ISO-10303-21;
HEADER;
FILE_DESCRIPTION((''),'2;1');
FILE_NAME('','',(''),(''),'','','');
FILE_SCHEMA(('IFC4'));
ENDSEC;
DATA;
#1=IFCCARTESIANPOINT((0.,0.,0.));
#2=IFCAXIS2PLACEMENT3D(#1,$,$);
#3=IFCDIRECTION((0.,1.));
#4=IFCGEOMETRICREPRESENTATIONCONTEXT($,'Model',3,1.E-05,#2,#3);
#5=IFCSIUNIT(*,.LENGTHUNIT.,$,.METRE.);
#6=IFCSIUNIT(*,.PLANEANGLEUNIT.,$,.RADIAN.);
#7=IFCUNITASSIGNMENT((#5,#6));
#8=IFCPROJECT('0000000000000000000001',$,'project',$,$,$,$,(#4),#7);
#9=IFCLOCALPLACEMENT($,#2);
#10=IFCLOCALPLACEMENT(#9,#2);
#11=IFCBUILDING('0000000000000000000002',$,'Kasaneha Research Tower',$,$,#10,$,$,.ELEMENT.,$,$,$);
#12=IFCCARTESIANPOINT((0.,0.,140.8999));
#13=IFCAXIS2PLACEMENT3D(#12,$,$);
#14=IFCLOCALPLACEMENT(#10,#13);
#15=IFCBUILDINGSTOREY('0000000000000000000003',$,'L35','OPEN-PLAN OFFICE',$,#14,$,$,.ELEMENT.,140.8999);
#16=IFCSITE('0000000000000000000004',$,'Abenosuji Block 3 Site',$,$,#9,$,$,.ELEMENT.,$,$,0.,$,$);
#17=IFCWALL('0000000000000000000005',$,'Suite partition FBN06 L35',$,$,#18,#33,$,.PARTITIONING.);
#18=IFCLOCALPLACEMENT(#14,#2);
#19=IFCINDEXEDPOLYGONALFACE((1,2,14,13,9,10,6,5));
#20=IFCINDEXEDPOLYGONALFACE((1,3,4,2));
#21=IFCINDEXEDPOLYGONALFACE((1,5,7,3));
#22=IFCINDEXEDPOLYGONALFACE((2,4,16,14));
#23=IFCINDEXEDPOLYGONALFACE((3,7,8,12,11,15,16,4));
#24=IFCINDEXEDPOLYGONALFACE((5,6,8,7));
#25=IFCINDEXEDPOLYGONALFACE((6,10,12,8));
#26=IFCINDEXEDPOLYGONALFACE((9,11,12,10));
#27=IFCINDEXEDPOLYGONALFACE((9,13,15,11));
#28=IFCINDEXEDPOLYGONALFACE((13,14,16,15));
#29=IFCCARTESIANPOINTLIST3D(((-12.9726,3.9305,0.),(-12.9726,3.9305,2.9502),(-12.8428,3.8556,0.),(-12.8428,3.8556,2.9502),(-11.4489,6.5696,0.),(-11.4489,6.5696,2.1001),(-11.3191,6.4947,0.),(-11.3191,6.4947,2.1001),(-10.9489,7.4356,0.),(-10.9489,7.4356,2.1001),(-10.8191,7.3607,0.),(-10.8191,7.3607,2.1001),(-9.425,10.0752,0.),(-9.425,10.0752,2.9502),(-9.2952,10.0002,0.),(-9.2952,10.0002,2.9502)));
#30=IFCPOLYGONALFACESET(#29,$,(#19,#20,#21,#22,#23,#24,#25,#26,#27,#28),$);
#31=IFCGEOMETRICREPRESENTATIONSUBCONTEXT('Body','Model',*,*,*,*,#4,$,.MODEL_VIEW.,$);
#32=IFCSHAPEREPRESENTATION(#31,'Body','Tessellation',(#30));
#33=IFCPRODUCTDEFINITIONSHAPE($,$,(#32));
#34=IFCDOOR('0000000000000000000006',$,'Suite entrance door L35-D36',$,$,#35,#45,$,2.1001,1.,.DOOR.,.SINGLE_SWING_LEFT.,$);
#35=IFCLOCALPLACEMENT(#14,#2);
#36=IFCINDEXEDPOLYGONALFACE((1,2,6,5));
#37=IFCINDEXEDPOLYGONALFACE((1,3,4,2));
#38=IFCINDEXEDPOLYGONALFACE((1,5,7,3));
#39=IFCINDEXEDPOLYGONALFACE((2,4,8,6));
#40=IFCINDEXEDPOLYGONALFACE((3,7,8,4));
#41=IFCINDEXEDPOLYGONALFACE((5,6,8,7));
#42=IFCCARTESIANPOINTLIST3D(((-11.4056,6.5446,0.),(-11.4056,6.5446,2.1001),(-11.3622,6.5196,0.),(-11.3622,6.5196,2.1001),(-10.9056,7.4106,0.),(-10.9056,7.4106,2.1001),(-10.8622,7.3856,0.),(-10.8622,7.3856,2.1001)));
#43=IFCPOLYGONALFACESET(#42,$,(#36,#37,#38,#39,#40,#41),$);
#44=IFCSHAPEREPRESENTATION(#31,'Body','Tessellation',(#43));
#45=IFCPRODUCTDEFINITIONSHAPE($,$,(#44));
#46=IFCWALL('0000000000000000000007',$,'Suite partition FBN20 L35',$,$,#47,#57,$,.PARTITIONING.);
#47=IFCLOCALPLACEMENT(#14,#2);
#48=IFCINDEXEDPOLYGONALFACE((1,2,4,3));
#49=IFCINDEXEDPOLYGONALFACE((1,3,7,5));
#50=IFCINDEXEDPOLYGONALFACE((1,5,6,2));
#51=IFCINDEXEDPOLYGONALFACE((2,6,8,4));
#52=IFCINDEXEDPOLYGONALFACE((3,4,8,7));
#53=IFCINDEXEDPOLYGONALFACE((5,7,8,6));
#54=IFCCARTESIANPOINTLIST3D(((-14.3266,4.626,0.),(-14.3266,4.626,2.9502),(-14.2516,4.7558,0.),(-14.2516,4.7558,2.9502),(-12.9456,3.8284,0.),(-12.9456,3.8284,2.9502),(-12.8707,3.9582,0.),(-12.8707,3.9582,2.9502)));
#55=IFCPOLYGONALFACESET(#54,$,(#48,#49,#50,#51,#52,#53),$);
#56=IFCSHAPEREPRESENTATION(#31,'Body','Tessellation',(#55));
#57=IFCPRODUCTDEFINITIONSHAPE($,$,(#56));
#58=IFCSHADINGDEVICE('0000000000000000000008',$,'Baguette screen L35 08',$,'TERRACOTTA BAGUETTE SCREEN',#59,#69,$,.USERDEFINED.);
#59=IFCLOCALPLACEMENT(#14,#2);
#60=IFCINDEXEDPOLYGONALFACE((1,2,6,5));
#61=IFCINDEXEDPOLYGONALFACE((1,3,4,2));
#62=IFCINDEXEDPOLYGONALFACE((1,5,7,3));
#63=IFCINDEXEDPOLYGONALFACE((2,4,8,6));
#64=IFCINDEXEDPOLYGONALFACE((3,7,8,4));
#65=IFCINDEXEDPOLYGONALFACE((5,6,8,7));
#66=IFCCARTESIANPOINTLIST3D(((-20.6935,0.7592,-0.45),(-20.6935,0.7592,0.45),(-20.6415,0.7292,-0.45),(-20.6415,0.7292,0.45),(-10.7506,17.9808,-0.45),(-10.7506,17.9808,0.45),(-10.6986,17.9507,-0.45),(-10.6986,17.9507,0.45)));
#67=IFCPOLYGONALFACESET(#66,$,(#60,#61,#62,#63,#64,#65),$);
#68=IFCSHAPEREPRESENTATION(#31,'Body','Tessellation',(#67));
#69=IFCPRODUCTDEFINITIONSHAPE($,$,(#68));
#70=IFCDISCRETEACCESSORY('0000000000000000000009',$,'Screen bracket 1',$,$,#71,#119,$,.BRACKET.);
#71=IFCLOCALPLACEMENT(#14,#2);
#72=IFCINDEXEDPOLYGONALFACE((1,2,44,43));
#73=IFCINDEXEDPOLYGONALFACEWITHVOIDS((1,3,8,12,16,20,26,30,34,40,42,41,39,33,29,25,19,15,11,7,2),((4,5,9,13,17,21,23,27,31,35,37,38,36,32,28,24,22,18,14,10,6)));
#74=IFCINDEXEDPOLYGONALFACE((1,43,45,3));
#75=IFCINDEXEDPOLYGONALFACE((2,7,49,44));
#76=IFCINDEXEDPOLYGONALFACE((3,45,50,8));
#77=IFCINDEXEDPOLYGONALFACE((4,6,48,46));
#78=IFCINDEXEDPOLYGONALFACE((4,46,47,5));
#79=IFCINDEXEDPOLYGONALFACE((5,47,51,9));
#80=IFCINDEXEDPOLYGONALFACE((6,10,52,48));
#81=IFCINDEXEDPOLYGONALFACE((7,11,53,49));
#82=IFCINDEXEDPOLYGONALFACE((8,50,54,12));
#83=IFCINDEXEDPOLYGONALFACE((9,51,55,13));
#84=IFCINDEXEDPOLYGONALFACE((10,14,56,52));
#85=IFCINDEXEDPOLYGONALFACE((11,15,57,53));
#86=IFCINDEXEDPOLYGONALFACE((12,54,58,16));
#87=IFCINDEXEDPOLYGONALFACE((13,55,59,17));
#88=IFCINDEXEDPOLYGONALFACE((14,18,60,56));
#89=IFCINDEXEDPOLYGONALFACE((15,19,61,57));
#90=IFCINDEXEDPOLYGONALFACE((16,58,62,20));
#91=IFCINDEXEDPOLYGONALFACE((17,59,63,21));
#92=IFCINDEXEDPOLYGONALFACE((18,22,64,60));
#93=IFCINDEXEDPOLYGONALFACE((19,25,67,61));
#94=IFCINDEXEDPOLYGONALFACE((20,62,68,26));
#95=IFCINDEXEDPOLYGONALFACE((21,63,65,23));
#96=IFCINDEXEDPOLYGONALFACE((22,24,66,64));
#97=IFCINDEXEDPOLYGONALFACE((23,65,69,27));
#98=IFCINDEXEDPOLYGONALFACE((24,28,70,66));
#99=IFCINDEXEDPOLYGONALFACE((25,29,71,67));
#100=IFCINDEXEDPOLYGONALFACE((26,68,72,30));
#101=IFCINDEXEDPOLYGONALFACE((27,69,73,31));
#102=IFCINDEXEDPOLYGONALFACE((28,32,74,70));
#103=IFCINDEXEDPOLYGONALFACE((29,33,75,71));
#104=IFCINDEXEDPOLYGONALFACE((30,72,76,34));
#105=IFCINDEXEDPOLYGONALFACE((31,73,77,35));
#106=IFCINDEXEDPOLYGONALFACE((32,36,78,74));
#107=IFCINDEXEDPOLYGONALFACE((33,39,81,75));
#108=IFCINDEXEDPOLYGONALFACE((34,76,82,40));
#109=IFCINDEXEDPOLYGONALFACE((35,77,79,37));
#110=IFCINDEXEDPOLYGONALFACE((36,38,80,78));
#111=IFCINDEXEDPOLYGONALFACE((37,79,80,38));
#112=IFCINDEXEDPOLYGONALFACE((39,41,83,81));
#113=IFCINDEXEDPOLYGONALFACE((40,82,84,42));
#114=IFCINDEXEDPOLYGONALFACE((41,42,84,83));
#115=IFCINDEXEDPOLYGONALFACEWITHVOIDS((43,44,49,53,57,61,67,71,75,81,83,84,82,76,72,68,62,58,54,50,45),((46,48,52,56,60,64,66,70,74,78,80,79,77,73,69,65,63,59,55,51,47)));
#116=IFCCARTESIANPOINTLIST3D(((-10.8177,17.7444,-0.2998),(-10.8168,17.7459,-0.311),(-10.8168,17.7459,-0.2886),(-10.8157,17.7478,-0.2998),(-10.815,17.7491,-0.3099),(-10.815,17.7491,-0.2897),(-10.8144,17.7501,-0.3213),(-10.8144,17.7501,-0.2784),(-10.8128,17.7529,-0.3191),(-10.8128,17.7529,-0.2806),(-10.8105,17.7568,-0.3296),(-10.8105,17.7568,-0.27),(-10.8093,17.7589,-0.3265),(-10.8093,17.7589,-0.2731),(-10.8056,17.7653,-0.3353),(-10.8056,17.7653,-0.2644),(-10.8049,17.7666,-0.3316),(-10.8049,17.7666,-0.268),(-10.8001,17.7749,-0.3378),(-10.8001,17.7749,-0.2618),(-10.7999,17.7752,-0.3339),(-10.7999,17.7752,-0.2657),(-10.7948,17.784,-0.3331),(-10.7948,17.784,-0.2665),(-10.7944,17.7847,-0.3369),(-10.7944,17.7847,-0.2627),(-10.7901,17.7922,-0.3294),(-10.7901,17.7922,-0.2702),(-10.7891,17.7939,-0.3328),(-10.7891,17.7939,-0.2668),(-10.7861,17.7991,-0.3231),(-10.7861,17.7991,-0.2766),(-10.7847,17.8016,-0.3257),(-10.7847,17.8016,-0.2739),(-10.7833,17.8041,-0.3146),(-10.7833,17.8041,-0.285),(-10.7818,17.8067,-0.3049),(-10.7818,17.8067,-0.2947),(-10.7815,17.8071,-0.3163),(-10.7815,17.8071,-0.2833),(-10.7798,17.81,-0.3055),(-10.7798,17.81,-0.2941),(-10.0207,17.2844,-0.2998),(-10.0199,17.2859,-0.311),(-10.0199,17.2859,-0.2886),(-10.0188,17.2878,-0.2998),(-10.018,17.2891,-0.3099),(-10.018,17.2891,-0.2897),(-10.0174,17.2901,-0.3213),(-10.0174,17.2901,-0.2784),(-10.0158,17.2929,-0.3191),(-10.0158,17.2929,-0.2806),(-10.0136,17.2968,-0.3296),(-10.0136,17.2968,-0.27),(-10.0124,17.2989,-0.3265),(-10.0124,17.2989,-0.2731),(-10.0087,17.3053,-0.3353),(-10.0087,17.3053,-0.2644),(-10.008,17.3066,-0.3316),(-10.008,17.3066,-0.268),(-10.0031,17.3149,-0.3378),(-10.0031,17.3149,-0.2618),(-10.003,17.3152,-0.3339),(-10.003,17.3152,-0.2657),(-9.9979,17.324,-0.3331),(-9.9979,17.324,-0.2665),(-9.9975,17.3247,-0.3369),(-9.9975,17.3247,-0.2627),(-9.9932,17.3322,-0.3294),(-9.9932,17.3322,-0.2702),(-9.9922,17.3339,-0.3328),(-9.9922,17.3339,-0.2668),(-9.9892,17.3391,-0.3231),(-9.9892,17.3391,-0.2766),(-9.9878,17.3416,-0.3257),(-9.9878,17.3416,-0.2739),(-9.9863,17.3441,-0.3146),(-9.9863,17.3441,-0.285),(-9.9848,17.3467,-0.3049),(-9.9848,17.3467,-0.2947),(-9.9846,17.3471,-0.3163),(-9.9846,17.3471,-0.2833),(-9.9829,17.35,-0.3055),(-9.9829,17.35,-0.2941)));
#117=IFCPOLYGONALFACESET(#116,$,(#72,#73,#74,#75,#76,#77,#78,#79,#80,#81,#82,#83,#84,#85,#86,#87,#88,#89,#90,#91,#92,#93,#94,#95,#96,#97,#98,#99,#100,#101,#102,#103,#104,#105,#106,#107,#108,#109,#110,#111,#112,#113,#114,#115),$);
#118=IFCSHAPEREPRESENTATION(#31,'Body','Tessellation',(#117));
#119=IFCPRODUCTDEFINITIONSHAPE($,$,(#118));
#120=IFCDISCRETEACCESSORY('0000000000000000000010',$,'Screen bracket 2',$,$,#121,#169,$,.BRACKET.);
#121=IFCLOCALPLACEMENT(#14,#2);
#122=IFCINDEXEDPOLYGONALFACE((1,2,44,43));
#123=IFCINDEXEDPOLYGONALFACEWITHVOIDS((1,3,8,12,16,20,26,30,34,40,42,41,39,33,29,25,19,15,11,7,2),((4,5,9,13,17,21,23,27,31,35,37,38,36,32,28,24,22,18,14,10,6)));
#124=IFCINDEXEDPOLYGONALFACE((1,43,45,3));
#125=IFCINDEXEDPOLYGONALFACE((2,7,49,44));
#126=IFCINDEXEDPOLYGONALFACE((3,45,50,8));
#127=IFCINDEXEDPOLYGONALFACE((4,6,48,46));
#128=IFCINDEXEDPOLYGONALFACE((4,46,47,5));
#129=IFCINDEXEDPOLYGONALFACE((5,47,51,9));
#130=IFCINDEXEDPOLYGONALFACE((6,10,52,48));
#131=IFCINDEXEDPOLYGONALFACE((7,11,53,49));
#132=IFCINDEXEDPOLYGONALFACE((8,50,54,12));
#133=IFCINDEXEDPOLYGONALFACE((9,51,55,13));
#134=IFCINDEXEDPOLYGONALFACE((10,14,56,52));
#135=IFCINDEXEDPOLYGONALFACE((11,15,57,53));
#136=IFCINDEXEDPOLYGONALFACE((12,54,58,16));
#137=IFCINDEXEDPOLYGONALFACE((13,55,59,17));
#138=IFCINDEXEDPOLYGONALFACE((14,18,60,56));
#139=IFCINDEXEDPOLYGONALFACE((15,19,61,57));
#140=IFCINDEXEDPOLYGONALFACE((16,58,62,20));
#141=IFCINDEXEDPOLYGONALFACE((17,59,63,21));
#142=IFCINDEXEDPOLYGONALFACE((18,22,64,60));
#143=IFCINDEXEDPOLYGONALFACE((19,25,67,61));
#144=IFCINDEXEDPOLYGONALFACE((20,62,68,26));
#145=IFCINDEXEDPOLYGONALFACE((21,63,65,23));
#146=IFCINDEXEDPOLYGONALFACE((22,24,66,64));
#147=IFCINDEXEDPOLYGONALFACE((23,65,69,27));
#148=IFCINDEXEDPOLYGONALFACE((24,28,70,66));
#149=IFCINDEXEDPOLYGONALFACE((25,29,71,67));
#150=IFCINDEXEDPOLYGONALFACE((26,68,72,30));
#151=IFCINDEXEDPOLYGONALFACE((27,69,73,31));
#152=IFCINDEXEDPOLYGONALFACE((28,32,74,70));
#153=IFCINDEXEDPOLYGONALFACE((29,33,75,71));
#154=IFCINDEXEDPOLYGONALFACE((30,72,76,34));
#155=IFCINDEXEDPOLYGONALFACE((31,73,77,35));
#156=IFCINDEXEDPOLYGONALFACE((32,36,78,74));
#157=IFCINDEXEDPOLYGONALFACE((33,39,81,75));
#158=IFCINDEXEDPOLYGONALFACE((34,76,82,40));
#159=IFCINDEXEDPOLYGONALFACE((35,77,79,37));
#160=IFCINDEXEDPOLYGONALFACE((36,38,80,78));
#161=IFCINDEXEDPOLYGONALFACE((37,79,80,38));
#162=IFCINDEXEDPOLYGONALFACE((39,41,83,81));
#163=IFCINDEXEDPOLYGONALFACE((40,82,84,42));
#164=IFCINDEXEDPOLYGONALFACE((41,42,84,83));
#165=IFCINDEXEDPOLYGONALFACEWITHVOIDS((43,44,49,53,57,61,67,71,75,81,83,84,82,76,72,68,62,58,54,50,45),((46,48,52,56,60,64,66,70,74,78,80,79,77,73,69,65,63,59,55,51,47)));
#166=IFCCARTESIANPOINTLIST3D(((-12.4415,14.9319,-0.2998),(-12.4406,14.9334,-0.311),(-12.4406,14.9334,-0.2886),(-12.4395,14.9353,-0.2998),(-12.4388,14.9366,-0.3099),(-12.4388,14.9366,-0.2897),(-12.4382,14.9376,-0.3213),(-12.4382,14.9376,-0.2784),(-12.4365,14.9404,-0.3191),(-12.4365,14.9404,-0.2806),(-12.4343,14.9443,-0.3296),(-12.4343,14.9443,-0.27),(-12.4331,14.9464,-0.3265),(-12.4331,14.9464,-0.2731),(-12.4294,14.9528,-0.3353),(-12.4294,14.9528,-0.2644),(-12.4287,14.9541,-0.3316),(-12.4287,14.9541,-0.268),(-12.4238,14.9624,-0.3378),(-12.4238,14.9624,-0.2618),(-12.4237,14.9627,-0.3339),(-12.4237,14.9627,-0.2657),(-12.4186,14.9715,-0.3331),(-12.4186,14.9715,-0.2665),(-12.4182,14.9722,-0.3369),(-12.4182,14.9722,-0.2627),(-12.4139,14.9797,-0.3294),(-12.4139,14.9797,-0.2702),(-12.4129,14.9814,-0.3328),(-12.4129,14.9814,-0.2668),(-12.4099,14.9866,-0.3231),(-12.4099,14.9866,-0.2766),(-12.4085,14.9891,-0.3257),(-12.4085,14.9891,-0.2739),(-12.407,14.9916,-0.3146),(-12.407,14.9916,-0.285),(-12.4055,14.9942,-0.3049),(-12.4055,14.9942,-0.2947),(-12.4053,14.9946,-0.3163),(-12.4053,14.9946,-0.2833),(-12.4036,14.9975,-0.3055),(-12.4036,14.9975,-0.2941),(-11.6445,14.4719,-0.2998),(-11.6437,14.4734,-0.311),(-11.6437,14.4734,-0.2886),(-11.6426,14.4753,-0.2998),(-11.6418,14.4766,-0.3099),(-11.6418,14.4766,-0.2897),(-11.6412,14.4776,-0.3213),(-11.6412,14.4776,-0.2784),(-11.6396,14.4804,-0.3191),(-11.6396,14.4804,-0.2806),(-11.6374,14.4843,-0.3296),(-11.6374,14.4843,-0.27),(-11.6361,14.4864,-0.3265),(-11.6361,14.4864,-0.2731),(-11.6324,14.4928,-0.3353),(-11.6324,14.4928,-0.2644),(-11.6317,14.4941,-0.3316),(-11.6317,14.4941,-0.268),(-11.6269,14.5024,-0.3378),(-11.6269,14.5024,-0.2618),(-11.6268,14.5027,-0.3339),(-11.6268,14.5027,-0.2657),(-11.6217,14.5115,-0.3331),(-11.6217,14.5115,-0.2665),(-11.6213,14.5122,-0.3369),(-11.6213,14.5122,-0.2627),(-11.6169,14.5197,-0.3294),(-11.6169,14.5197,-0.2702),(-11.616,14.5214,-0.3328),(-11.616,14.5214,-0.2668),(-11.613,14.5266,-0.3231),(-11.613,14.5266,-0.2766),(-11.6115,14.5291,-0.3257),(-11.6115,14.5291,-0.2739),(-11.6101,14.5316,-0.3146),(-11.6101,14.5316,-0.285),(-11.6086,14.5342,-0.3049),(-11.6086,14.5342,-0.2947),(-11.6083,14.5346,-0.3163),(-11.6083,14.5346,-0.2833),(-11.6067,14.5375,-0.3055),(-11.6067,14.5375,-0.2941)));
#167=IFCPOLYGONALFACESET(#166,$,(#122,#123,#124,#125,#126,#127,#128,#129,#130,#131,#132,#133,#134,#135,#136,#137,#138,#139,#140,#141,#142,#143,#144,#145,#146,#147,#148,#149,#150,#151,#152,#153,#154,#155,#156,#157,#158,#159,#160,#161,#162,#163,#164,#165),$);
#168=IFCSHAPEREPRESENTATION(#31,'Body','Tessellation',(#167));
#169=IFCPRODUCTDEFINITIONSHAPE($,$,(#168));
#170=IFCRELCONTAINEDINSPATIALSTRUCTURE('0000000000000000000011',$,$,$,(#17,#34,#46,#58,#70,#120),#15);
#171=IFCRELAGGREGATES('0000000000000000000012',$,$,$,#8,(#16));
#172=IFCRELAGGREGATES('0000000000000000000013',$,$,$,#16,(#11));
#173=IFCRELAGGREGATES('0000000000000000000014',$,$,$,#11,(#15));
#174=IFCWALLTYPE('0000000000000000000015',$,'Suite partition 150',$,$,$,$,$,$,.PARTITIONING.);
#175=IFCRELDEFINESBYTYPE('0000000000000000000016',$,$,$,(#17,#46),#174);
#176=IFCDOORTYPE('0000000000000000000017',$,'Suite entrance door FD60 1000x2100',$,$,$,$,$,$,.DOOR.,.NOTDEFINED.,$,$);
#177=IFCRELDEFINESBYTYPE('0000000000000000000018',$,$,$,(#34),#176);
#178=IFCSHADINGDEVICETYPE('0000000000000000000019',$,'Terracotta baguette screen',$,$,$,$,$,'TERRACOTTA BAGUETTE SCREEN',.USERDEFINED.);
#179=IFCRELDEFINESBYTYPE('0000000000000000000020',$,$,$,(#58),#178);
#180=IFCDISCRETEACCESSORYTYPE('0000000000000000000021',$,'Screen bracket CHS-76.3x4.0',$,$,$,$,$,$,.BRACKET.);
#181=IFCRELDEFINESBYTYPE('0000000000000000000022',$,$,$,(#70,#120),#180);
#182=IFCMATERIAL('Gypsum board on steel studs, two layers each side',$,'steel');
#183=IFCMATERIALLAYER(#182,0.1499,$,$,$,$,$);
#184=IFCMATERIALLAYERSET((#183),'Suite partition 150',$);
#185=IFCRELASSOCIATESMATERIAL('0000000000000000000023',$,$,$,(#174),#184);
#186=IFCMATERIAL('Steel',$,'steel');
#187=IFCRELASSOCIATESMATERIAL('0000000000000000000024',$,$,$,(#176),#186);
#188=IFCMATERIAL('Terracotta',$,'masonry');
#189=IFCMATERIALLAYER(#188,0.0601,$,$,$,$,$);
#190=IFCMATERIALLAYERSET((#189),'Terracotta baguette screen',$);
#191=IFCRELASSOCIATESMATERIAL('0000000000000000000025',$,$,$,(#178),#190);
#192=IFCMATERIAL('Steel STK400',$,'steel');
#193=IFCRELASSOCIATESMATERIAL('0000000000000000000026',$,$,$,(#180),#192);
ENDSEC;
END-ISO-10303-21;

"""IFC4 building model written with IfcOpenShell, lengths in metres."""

from ifc_helpers import new_model, si_unit, direction, frame, frame_2d, origin, origin_2d, place, context, subcontext, project, spatial, rectangle, hollow_circle, extrude, material, layer, layer_set, material_profile, profile_set, type_object, element, fill, save


model = new_model("IFC4")

# Units and contexts
model_context = context("Model", 3, precision=1e-05, world=origin(), true_north=direction((0.0, 1.0)))
body_context = subcontext(model_context, "Body", "Model", "MODEL_VIEW")
ifc_project = project(units=[si_unit("LENGTHUNIT", "METRE"), si_unit("PLANEANGLEUNIT", "RADIAN")], contexts=[model_context])

# Site, building, storey
site_placement = place(None, origin())
site = spatial("IfcSite", under=ifc_project, at=site_placement, Name="Abenosuji Block 3 Site", CompositionType="ELEMENT", RefElevation=0.0)
building_placement = place(site_placement, origin())
building = spatial("IfcBuilding", under=site, at=building_placement, Name="Kasaneha Research Tower", CompositionType="ELEMENT")
storey_placement = place(building_placement, frame((0.0, 0.0, 140.8999)))
storey = spatial("IfcBuildingStorey", under=building, at=storey_placement, Name="L35", Description="OPEN-PLAN OFFICE", CompositionType="ELEMENT", Elevation=140.8999)

# Wall, opening, door
ifc_material_1 = material(Name="Gypsum board on steel studs, two layers each side", Category="steel")
ifc_layer_1 = layer(ifc_material_1, 0.1499)
ifc_layer_set_1 = layer_set([ifc_layer_1], Name="Suite partition 150")
wall_type_1 = type_object("IfcWallType", Name="Suite partition 150", PredefinedType="PARTITIONING", material=ifc_layer_set_1)
wall_1_placement = place(storey_placement, frame((-12.9077, 3.8931, 0.0), z_axis=(0.0, 0.0, 1.0), x_axis=(0.500006, 0.866022, 0.0)))
wall_1 = element("IfcWall", 1, at=wall_1_placement, inside=storey, type_object=wall_type_1, Name="Suite partition FBN06 L35", PredefinedType="PARTITIONING", context=body_context, shape_type="SweptSolid", body=[
    extrude(rectangle(XDim=7.0952, YDim=0.1499, at=frame_2d((3.5476, 0.0))), origin(), (0.0, 0.0, 1.0), 2.9502),
])
opening_1_placement = place(wall_1_placement, frame((3.0474, 0.0, 0.0)))
opening_1 = element("IfcOpeningElement", 2, at=opening_1_placement, cuts=wall_1, PredefinedType="OPENING", context=body_context, shape_type="SweptSolid", body=[
    extrude(rectangle(XDim=1.0, YDim=2.1001, at=frame_2d((0.5, 1.05))), frame((0.0, 0.085, 0.0), z_axis=(0.0, -1.0, 0.0), x_axis=(1.0, 0.0, 0.0)), (0.0, 0.0, 1.0), 0.1699),
])
ifc_material_2 = material(Name="Steel", Category="steel")
door_type_1 = type_object("IfcDoorType", Name="Suite entrance door FD60 1000x2100", OperationType="NOTDEFINED", PredefinedType="DOOR", material=ifc_material_2)
door_1_placement = place(opening_1_placement, origin())
door_1 = element("IfcDoor", 3, at=door_1_placement, inside=storey, type_object=door_type_1, Name="Suite entrance door L35-D36", OperationType="SINGLE_SWING_LEFT", OverallHeight=2.1001, OverallWidth=1.0, PredefinedType="DOOR", context=body_context, shape_type="SweptSolid", body=[
    extrude(rectangle(XDim=1.0, YDim=2.1001, at=frame_2d((0.5, 1.05))), frame((0.0, 0.0249, 0.0), z_axis=(0.0, -1.0, 0.0), x_axis=(1.0, 0.0, 0.0)), (0.0, 0.0, 1.0), 0.05),
])
fill(opening_1, door_1)

# Wall
wall_2_placement = place(storey_placement, frame((-14.2891, 4.6909, 0.0), z_axis=(0.0, 0.0, 1.0), x_axis=(0.865925, -0.500173, 0.0)))
element("IfcWall", 4, at=wall_2_placement, inside=storey, type_object=wall_type_1, Name="Suite partition FBN20 L35", PredefinedType="PARTITIONING", context=body_context, shape_type="SweptSolid", body=[
    extrude(rectangle(XDim=1.5947, YDim=0.1499, at=frame_2d((0.7974, 0.0))), origin(), (0.0, 0.0, 1.0), 2.9502),
])

# Shading device
ifc_material_3 = material(Name="Terracotta", Category="masonry")
ifc_layer_2 = layer(ifc_material_3, 0.0601)
ifc_layer_set_2 = layer_set([ifc_layer_2], Name="Terracotta baguette screen")
shading_device_type = type_object("IfcShadingDeviceType", Name="Terracotta baguette screen", ElementType="TERRACOTTA BAGUETTE SCREEN", PredefinedType="USERDEFINED", material=ifc_layer_set_2)
shading_device_placement = place(storey_placement, frame((-15.696, 9.355, -0.45), z_axis=(0.0, 0.0, 1.0), x_axis=(-0.5, -0.866025, 0.0)))
element("IfcShadingDevice", 5, at=shading_device_placement, inside=storey, type_object=shading_device_type, Name="Baguette screen L35 08", ObjectType="TERRACOTTA BAGUETTE SCREEN", PredefinedType="USERDEFINED", context=body_context, shape_type="SweptSolid", body=[
    extrude(rectangle(XDim=19.8857, YDim=0.0601, at=origin_2d()), origin(), (0.0, 0.0, 1.0), 0.8999),
])

# Discrete accessories
ifc_material_4 = material(Name="Steel STK400", Category="steel")
ifc_material_profile_1 = material_profile(ifc_material_4, hollow_circle(Radius=0.0381, WallThickness=0.0039, at=origin_2d()), Name="CHS-76.3x4.0")
ifc_profile_set_1 = profile_set([ifc_material_profile_1], Name="Steel STK400")
discrete_accessory_type = type_object("IfcDiscreteAccessoryType", Name="Screen bracket CHS-76.3x4.0", PredefinedType="BRACKET", material=ifc_profile_set_1)
for number, where, z_axis, x_axis, name in (
    (6, (-10.0017, 17.3174, -0.2998), (-0.86608, 0.499906, 0.0), (-0.499906, -0.86608, 0.0), "Screen bracket 1"),
    (7, (-11.6255, 14.5049, -0.2998), (-0.86608, 0.499906, 0.0), (-0.499906, -0.86608, 0.0), "Screen bracket 2"),
):
    element("IfcDiscreteAccessory", number, at=place(storey_placement, frame(where, z_axis=z_axis, x_axis=x_axis)), inside=storey, type_object=discrete_accessory_type, Name=name, PredefinedType="BRACKET", context=body_context, shape_type="SweptSolid", body=[
        extrude(hollow_circle(Radius=0.0381, WallThickness=0.0039, at=origin_2d()), origin(), (0.0, 0.0, 1.0), 0.9202),
    ])

save(model, "model.ifc")
